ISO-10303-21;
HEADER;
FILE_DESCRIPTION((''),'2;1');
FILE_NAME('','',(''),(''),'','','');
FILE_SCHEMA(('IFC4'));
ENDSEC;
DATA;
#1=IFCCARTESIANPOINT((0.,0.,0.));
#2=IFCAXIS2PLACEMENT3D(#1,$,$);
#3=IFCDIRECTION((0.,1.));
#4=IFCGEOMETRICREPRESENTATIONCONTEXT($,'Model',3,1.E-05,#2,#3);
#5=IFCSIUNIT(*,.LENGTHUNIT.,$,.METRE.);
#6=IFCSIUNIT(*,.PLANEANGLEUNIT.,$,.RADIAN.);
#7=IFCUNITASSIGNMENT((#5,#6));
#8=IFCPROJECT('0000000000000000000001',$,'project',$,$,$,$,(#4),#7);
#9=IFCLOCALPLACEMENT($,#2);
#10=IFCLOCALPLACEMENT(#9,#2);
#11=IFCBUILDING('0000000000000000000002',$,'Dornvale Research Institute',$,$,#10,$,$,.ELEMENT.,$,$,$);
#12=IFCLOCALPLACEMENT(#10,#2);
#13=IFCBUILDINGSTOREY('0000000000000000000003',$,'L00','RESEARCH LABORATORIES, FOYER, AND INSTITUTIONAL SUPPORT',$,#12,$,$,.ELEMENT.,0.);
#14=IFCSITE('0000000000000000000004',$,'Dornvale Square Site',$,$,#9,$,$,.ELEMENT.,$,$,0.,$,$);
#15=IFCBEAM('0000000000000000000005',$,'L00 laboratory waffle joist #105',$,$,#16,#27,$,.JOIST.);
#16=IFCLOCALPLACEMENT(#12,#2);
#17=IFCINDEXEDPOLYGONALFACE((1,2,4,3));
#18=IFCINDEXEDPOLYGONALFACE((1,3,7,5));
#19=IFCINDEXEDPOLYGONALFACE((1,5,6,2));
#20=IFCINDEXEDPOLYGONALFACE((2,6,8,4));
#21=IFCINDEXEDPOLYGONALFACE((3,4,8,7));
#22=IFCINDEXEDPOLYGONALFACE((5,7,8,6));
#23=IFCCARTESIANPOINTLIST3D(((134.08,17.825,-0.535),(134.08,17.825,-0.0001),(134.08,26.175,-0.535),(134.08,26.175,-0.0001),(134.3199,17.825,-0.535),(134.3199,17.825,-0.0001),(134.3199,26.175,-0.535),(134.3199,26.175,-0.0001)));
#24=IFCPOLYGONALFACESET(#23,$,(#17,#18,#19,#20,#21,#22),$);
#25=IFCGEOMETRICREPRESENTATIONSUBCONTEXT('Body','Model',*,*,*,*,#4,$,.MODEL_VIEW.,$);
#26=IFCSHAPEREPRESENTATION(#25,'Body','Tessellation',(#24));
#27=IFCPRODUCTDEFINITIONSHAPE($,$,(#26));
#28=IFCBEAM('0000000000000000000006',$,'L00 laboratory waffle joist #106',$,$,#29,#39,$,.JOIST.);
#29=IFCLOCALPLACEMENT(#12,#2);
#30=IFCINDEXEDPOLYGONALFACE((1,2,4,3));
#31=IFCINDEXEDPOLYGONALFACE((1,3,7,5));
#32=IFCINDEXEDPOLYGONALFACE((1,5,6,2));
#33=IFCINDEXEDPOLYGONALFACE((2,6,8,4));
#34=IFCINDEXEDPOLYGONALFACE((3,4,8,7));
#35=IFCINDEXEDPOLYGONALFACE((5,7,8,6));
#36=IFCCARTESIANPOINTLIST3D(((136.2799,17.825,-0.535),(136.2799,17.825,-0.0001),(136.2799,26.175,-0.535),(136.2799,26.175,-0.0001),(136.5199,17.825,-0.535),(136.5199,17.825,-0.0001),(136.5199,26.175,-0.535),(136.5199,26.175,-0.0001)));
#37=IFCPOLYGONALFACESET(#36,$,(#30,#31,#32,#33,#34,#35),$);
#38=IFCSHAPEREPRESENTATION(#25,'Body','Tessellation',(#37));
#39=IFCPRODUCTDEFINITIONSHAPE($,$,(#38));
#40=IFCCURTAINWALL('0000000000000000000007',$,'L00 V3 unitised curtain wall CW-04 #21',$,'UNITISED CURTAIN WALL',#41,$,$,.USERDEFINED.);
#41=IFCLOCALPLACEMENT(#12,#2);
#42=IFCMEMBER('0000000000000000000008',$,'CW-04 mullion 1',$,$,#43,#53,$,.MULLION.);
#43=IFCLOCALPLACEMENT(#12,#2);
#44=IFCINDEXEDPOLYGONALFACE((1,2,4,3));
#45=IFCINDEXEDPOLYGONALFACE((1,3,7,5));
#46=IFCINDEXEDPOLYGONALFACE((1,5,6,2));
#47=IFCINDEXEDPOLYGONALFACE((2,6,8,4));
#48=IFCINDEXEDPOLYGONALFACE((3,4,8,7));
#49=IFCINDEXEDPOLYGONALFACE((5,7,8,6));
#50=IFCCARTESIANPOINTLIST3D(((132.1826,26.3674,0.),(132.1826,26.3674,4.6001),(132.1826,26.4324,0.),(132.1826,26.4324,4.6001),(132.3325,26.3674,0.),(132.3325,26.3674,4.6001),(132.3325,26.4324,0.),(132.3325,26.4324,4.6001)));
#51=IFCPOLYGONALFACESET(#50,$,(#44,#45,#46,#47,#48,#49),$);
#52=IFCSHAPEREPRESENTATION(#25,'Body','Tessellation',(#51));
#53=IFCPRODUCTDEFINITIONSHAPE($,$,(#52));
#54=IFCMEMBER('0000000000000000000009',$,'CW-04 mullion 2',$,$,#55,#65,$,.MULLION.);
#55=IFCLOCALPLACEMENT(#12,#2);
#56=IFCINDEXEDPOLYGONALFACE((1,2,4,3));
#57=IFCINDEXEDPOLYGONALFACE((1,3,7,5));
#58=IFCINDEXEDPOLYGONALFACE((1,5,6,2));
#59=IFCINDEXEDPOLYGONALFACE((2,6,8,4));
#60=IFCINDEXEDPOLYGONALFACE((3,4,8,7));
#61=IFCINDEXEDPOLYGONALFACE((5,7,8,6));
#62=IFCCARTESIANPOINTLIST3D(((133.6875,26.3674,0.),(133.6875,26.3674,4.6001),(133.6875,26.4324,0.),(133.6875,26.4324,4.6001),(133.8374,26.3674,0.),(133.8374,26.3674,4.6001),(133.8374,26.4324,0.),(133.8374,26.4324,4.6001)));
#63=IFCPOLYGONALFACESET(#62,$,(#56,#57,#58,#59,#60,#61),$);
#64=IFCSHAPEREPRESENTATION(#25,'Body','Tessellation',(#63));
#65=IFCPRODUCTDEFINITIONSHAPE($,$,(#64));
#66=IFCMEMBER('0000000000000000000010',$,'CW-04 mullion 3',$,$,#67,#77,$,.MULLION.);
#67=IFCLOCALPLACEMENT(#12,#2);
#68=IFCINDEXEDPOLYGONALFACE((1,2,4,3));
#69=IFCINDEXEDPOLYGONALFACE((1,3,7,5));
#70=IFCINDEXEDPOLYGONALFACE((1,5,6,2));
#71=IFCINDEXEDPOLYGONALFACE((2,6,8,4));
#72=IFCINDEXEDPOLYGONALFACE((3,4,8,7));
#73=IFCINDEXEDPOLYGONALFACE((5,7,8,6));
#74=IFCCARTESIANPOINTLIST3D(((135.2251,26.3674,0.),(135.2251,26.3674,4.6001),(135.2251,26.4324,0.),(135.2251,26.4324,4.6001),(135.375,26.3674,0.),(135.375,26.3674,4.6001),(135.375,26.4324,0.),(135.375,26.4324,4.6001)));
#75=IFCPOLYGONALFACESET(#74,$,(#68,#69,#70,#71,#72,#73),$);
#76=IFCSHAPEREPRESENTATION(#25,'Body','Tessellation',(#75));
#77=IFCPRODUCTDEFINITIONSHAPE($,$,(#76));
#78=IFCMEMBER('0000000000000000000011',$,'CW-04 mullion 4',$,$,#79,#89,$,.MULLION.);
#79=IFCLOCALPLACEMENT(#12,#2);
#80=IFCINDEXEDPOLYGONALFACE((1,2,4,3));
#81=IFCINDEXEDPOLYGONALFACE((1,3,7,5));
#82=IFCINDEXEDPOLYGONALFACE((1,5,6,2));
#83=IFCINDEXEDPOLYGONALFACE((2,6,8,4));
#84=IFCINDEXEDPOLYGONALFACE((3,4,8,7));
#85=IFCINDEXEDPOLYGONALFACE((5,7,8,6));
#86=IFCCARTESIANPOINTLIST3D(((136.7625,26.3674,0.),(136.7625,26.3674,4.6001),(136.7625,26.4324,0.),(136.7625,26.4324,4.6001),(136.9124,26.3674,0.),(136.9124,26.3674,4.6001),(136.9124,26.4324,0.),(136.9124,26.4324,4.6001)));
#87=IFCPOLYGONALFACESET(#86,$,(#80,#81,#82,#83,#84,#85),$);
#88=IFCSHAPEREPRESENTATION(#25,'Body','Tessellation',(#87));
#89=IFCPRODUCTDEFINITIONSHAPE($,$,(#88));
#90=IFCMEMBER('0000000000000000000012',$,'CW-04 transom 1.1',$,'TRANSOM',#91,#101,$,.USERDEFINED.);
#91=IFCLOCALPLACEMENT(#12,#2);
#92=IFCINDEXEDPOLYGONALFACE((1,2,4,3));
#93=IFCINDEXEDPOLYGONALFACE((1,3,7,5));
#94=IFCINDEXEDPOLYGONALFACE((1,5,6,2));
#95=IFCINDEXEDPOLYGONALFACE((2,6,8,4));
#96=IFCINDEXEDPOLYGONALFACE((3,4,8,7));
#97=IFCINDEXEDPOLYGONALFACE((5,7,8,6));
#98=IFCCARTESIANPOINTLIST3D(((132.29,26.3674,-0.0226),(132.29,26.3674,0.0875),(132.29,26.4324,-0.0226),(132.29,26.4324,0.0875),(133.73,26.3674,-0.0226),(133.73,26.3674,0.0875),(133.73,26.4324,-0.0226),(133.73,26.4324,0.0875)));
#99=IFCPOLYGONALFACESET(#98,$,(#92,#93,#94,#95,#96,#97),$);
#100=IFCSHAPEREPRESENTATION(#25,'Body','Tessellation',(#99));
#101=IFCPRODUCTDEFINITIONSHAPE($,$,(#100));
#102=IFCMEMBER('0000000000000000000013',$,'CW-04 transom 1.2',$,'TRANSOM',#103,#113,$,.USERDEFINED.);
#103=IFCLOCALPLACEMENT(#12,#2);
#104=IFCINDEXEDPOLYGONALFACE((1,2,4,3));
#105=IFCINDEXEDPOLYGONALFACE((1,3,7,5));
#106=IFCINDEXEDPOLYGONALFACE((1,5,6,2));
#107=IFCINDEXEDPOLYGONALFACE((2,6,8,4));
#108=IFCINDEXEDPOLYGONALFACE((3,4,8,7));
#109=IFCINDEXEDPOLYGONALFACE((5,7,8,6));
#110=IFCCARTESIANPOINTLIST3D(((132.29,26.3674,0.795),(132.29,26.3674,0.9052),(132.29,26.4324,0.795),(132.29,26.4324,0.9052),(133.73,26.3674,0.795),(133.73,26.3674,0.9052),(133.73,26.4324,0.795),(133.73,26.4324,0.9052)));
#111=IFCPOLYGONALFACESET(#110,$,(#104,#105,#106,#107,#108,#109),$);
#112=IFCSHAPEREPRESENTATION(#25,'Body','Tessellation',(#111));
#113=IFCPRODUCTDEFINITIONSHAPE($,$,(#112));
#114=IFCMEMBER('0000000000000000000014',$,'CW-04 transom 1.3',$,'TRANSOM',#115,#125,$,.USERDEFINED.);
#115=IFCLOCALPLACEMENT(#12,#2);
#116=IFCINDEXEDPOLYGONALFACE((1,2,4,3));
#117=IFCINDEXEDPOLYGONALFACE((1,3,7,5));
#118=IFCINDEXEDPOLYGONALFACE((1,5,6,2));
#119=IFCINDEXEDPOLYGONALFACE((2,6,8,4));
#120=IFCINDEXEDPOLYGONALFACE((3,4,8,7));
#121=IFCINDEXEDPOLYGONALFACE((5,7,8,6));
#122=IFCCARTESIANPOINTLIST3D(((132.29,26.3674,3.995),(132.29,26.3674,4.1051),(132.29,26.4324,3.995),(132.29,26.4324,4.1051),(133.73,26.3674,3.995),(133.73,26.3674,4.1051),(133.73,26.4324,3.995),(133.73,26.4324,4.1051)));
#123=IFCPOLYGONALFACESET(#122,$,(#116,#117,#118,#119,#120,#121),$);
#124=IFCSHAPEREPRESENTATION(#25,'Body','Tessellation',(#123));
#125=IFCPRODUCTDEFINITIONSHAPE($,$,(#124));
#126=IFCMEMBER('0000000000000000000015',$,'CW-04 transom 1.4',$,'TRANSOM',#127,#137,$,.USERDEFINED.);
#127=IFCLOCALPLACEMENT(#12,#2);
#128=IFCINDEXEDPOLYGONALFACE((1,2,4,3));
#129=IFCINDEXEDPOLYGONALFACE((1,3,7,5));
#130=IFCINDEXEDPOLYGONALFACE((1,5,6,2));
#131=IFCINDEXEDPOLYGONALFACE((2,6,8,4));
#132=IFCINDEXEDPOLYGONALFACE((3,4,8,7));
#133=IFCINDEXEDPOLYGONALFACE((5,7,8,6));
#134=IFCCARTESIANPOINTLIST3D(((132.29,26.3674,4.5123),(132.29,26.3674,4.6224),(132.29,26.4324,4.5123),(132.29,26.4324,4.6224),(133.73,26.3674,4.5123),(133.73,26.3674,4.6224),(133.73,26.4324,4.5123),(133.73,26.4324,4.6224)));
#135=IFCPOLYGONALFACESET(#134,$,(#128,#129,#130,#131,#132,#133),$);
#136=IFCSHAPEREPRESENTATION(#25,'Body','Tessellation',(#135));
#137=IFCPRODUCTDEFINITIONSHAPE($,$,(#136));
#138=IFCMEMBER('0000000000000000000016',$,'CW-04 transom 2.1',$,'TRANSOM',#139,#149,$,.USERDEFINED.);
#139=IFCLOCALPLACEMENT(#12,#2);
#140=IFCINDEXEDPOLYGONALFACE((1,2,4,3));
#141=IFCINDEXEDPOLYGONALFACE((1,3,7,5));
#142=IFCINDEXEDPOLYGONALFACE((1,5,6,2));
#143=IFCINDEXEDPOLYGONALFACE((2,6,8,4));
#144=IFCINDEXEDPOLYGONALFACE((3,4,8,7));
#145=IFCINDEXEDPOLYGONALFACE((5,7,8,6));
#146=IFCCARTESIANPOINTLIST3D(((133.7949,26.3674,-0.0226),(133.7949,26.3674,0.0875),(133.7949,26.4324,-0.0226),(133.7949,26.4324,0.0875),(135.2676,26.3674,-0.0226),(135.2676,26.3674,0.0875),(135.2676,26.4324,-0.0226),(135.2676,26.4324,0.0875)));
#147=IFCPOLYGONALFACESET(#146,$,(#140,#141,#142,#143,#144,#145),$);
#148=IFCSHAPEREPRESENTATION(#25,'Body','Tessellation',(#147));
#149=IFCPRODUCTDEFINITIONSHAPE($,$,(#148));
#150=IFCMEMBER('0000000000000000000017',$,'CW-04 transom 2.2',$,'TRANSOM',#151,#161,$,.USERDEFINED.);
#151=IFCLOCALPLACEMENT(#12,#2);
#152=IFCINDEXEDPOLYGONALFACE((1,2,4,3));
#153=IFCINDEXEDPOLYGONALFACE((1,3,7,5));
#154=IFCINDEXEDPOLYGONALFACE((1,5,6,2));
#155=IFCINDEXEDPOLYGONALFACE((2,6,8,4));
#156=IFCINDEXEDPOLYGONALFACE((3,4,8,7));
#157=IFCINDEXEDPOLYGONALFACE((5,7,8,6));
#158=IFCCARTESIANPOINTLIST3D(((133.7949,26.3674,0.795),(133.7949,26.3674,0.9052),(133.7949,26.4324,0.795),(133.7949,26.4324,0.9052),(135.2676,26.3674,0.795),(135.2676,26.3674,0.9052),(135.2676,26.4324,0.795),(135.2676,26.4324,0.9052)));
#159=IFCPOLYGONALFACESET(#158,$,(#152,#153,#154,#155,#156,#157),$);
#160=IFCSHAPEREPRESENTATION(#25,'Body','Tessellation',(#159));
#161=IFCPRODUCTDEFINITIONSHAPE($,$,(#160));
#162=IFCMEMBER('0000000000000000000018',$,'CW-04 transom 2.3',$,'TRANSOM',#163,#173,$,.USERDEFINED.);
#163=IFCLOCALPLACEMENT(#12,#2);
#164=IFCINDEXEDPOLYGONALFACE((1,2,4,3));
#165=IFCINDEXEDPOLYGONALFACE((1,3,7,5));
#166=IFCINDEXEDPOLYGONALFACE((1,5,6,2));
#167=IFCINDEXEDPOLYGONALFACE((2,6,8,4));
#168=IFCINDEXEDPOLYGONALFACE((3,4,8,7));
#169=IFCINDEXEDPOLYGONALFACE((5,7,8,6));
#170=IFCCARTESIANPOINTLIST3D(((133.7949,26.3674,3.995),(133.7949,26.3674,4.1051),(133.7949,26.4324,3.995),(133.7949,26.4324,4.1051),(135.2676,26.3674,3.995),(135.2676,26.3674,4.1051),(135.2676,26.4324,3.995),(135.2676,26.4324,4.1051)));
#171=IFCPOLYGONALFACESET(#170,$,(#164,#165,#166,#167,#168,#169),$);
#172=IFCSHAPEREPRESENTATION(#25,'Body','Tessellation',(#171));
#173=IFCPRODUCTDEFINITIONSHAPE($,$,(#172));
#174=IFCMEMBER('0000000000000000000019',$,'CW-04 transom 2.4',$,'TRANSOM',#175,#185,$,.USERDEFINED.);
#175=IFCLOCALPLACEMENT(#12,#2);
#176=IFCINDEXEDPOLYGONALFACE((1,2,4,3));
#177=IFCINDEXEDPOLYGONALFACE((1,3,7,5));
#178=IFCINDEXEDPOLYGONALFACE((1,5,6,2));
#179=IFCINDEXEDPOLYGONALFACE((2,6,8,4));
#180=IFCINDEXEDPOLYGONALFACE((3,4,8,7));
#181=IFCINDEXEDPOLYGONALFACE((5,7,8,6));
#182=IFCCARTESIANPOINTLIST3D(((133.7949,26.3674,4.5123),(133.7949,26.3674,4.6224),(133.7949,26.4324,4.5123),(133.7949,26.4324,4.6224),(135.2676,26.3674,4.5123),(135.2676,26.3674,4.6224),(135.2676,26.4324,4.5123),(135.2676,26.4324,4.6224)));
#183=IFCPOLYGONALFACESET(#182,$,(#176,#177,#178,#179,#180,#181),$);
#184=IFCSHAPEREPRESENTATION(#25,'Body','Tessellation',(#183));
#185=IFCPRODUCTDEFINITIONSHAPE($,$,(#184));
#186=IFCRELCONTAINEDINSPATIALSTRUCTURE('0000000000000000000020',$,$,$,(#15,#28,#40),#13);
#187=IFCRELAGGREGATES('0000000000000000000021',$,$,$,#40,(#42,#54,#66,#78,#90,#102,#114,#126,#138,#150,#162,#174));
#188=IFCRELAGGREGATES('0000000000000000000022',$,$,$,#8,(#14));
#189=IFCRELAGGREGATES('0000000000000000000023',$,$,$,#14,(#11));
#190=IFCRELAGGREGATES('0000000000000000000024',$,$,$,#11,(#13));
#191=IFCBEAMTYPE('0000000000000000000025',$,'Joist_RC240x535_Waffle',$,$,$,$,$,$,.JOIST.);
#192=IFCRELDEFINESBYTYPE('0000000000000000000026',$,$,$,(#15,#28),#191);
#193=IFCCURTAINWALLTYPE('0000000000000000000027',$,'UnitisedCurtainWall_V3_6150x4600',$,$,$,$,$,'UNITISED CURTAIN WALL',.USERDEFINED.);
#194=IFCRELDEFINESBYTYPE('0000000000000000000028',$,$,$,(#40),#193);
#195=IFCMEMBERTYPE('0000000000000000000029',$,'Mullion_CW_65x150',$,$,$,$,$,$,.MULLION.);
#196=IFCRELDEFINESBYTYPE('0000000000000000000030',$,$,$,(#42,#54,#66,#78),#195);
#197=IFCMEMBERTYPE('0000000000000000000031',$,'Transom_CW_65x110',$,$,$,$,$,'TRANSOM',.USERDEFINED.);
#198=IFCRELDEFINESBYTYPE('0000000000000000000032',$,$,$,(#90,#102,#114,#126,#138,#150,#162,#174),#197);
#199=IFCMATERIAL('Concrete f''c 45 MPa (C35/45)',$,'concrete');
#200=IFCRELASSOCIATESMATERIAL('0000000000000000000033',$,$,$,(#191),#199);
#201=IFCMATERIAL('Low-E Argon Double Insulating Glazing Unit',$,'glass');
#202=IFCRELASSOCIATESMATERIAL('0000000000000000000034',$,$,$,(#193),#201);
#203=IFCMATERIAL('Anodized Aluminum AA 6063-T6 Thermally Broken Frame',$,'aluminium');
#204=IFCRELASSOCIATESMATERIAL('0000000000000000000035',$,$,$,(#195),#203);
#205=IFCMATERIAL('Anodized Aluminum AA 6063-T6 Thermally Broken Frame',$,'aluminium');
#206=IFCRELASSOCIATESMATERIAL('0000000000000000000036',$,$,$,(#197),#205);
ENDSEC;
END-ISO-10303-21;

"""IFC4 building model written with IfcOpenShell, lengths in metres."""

from ifc_helpers import new_model, si_unit, direction, frame, origin, origin_2d, place, context, subcontext, project, spatial, rectangle, extrude, material, material_profile, profile_set, type_object, element, aggregate, save


model = new_model("IFC4")

# Units and contexts
model_context = context("Model", 3, precision=1e-05, world=origin(), true_north=direction((0.0, 1.0)))
body_context = subcontext(model_context, "Body", "Model", "MODEL_VIEW")
ifc_project = project(units=[si_unit("LENGTHUNIT", "METRE"), si_unit("PLANEANGLEUNIT", "RADIAN")], contexts=[model_context])

# Site, building, storey
site_placement = place(None, origin())
site = spatial("IfcSite", under=ifc_project, at=site_placement, Name="Dornvale Square Site", CompositionType="ELEMENT", RefElevation=0.0)
building_placement = place(site_placement, origin())
building = spatial("IfcBuilding", under=site, at=building_placement, Name="Dornvale Research Institute", CompositionType="ELEMENT")
storey_placement = place(building_placement, origin())
storey = spatial("IfcBuildingStorey", under=building, at=storey_placement, Name="L00", Description="RESEARCH LABORATORIES, FOYER, AND INSTITUTIONAL SUPPORT", CompositionType="ELEMENT", Elevation=0.0)

# Beams
ifc_material_1 = material(Name="Concrete f'c 45 MPa (C35/45)", Category="concrete")
ifc_material_profile_1 = material_profile(ifc_material_1, rectangle(XDim=0.24, YDim=0.5349, at=origin_2d()), Name="RC 240x535")
ifc_profile_set_1 = profile_set([ifc_material_profile_1], Name="Concrete f'c 45 MPa (C35/45)")
beam_type = type_object("IfcBeamType", Name="Joist_RC240x535_Waffle", PredefinedType="JOIST", material=ifc_profile_set_1)
for number, where, z_axis, x_axis, name in (
    (1, (134.2, 17.825, -0.2676), (0.0, 1.0, 0.0), (-1.0, 0.0, 0.0), "L00 laboratory waffle joist #105"),
    (2, (136.3999, 17.825, -0.2676), (0.0, 1.0, 0.0), (-1.0, 0.0, 0.0), "L00 laboratory waffle joist #106"),
):
    element("IfcBeam", number, at=place(storey_placement, frame(where, z_axis=z_axis, x_axis=x_axis)), inside=storey, type_object=beam_type, Name=name, PredefinedType="JOIST", context=body_context, shape_type="SweptSolid", body=[
        extrude(rectangle(XDim=0.24, YDim=0.5349, at=origin_2d()), origin(), (0.0, 0.0, 1.0), 8.3501),
    ])

# Curtain wall, members
ifc_material_2 = material(Name="Low-E Argon Double Insulating Glazing Unit", Category="glass")
curtain_wall_type = type_object("IfcCurtainWallType", Name="UnitisedCurtainWall_V3_6150x4600", ElementType="UNITISED CURTAIN WALL", PredefinedType="USERDEFINED", material=ifc_material_2)
curtain_wall_placement = place(storey_placement, origin())
curtain_wall = element("IfcCurtainWall", 3, at=curtain_wall_placement, inside=storey, type_object=curtain_wall_type, Name="L00 V3 unitised curtain wall CW-04 #21", ObjectType="UNITISED CURTAIN WALL", PredefinedType="USERDEFINED")
ifc_material_3 = material(Name="Anodized Aluminum AA 6063-T6 Thermally Broken Frame", Category="aluminium")
ifc_material_profile_2 = material_profile(ifc_material_3, rectangle(XDim=0.0649, YDim=0.1499, at=origin_2d()), Name="ALU MULLION 65x150")
ifc_profile_set_2 = profile_set([ifc_material_profile_2], Name="Anodized Aluminum AA 6063-T6 Thermally Broken Frame")
member_type_1 = type_object("IfcMemberType", Name="Mullion_CW_65x150", PredefinedType="MULLION", material=ifc_profile_set_2)
member_1_placement = place(storey_placement, frame((132.2576, 26.3999, 0.0), z_axis=(0.0, 0.0, 1.0), x_axis=(0.0, 1.0, 0.0)))
member_1 = element("IfcMember", 4, at=member_1_placement, type_object=member_type_1, Name="CW-04 mullion 1", PredefinedType="MULLION", context=body_context, shape_type="SweptSolid", body=[
    extrude(rectangle(XDim=0.0649, YDim=0.1499, at=origin_2d()), origin(), (0.0, 0.0, 1.0), 4.6001),
])
member_2_placement = place(storey_placement, frame((133.7625, 26.3999, 0.0), z_axis=(0.0, 0.0, 1.0), x_axis=(0.0, 1.0, 0.0)))
member_2 = element("IfcMember", 5, at=member_2_placement, type_object=member_type_1, Name="CW-04 mullion 2", PredefinedType="MULLION", context=body_context, shape_type="SweptSolid", body=[
    extrude(rectangle(XDim=0.0649, YDim=0.1499, at=origin_2d()), origin(), (0.0, 0.0, 1.0), 4.6001),
])
member_3_placement = place(storey_placement, frame((135.3, 26.3999, 0.0), z_axis=(0.0, 0.0, 1.0), x_axis=(0.0, 1.0, 0.0)))
member_3 = element("IfcMember", 6, at=member_3_placement, type_object=member_type_1, Name="CW-04 mullion 3", PredefinedType="MULLION", context=body_context, shape_type="SweptSolid", body=[
    extrude(rectangle(XDim=0.0649, YDim=0.1499, at=origin_2d()), origin(), (0.0, 0.0, 1.0), 4.6001),
])
member_4_placement = place(storey_placement, frame((136.8374, 26.3999, 0.0), z_axis=(0.0, 0.0, 1.0), x_axis=(0.0, 1.0, 0.0)))
member_4 = element("IfcMember", 7, at=member_4_placement, type_object=member_type_1, Name="CW-04 mullion 4", PredefinedType="MULLION", context=body_context, shape_type="SweptSolid", body=[
    extrude(rectangle(XDim=0.0649, YDim=0.1499, at=origin_2d()), origin(), (0.0, 0.0, 1.0), 4.6001),
])
ifc_material_4 = material(Name="Anodized Aluminum AA 6063-T6 Thermally Broken Frame", Category="aluminium")
ifc_material_profile_3 = material_profile(ifc_material_4, rectangle(XDim=0.0649, YDim=0.1101, at=origin_2d()), Name="ALU TRANSOM 65x110")
ifc_profile_set_3 = profile_set([ifc_material_profile_3], Name="Anodized Aluminum AA 6063-T6 Thermally Broken Frame")
member_type_2 = type_object("IfcMemberType", Name="Transom_CW_65x110", ElementType="TRANSOM", PredefinedType="USERDEFINED", material=ifc_profile_set_3)
member_5_placement = place(storey_placement, frame((132.29, 26.3999, 0.0325), z_axis=(1.0, 0.0, 0.0), x_axis=(0.0, 1.0, 0.0)))
member_5 = element("IfcMember", 8, at=member_5_placement, type_object=member_type_2, Name="CW-04 transom 1.1", ObjectType="TRANSOM", PredefinedType="USERDEFINED", context=body_context, shape_type="SweptSolid", body=[
    extrude(rectangle(XDim=0.0649, YDim=0.1101, at=origin_2d()), origin(), (0.0, 0.0, 1.0), 1.4399),
])
member_6_placement = place(storey_placement, frame((132.29, 26.3999, 0.8501), z_axis=(1.0, 0.0, 0.0), x_axis=(0.0, 1.0, 0.0)))
member_6 = element("IfcMember", 9, at=member_6_placement, type_object=member_type_2, Name="CW-04 transom 1.2", ObjectType="TRANSOM", PredefinedType="USERDEFINED", context=body_context, shape_type="SweptSolid", body=[
    extrude(rectangle(XDim=0.0649, YDim=0.1101, at=origin_2d()), origin(), (0.0, 0.0, 1.0), 1.4399),
])
member_7_placement = place(storey_placement, frame((132.29, 26.3999, 4.05), z_axis=(1.0, 0.0, 0.0), x_axis=(0.0, 1.0, 0.0)))
member_7 = element("IfcMember", 10, at=member_7_placement, type_object=member_type_2, Name="CW-04 transom 1.3", ObjectType="TRANSOM", PredefinedType="USERDEFINED", context=body_context, shape_type="SweptSolid", body=[
    extrude(rectangle(XDim=0.0649, YDim=0.1101, at=origin_2d()), origin(), (0.0, 0.0, 1.0), 1.4399),
])
member_8_placement = place(storey_placement, frame((132.29, 26.3999, 4.5674), z_axis=(1.0, 0.0, 0.0), x_axis=(0.0, 1.0, 0.0)))
member_8 = element("IfcMember", 11, at=member_8_placement, type_object=member_type_2, Name="CW-04 transom 1.4", ObjectType="TRANSOM", PredefinedType="USERDEFINED", context=body_context, shape_type="SweptSolid", body=[
    extrude(rectangle(XDim=0.0649, YDim=0.1101, at=origin_2d()), origin(), (0.0, 0.0, 1.0), 1.4399),
])
member_9_placement = place(storey_placement, frame((133.7949, 26.3999, 0.0325), z_axis=(1.0, 0.0, 0.0), x_axis=(0.0, 1.0, 0.0)))
member_9 = element("IfcMember", 12, at=member_9_placement, type_object=member_type_2, Name="CW-04 transom 2.1", ObjectType="TRANSOM", PredefinedType="USERDEFINED", context=body_context, shape_type="SweptSolid", body=[
    extrude(rectangle(XDim=0.0649, YDim=0.1101, at=origin_2d()), origin(), (0.0, 0.0, 1.0), 1.4727),
])
member_10_placement = place(storey_placement, frame((133.7949, 26.3999, 0.8501), z_axis=(1.0, 0.0, 0.0), x_axis=(0.0, 1.0, 0.0)))
member_10 = element("IfcMember", 13, at=member_10_placement, type_object=member_type_2, Name="CW-04 transom 2.2", ObjectType="TRANSOM", PredefinedType="USERDEFINED", context=body_context, shape_type="SweptSolid", body=[
    extrude(rectangle(XDim=0.0649, YDim=0.1101, at=origin_2d()), origin(), (0.0, 0.0, 1.0), 1.4727),
])
member_11_placement = place(storey_placement, frame((133.7949, 26.3999, 4.05), z_axis=(1.0, 0.0, 0.0), x_axis=(0.0, 1.0, 0.0)))
member_11 = element("IfcMember", 14, at=member_11_placement, type_object=member_type_2, Name="CW-04 transom 2.3", ObjectType="TRANSOM", PredefinedType="USERDEFINED", context=body_context, shape_type="SweptSolid", body=[
    extrude(rectangle(XDim=0.0649, YDim=0.1101, at=origin_2d()), origin(), (0.0, 0.0, 1.0), 1.4727),
])
member_12_placement = place(storey_placement, frame((133.7949, 26.3999, 4.5674), z_axis=(1.0, 0.0, 0.0), x_axis=(0.0, 1.0, 0.0)))
member_12 = element("IfcMember", 15, at=member_12_placement, type_object=member_type_2, Name="CW-04 transom 2.4", ObjectType="TRANSOM", PredefinedType="USERDEFINED", context=body_context, shape_type="SweptSolid", body=[
    extrude(rectangle(XDim=0.0649, YDim=0.1101, at=origin_2d()), origin(), (0.0, 0.0, 1.0), 1.4727),
])
aggregate(curtain_wall, [member_1, member_2, member_3, member_4, member_5, member_6, member_7, member_8, member_9, member_10, member_11, member_12])

save(model, "model.ifc")
